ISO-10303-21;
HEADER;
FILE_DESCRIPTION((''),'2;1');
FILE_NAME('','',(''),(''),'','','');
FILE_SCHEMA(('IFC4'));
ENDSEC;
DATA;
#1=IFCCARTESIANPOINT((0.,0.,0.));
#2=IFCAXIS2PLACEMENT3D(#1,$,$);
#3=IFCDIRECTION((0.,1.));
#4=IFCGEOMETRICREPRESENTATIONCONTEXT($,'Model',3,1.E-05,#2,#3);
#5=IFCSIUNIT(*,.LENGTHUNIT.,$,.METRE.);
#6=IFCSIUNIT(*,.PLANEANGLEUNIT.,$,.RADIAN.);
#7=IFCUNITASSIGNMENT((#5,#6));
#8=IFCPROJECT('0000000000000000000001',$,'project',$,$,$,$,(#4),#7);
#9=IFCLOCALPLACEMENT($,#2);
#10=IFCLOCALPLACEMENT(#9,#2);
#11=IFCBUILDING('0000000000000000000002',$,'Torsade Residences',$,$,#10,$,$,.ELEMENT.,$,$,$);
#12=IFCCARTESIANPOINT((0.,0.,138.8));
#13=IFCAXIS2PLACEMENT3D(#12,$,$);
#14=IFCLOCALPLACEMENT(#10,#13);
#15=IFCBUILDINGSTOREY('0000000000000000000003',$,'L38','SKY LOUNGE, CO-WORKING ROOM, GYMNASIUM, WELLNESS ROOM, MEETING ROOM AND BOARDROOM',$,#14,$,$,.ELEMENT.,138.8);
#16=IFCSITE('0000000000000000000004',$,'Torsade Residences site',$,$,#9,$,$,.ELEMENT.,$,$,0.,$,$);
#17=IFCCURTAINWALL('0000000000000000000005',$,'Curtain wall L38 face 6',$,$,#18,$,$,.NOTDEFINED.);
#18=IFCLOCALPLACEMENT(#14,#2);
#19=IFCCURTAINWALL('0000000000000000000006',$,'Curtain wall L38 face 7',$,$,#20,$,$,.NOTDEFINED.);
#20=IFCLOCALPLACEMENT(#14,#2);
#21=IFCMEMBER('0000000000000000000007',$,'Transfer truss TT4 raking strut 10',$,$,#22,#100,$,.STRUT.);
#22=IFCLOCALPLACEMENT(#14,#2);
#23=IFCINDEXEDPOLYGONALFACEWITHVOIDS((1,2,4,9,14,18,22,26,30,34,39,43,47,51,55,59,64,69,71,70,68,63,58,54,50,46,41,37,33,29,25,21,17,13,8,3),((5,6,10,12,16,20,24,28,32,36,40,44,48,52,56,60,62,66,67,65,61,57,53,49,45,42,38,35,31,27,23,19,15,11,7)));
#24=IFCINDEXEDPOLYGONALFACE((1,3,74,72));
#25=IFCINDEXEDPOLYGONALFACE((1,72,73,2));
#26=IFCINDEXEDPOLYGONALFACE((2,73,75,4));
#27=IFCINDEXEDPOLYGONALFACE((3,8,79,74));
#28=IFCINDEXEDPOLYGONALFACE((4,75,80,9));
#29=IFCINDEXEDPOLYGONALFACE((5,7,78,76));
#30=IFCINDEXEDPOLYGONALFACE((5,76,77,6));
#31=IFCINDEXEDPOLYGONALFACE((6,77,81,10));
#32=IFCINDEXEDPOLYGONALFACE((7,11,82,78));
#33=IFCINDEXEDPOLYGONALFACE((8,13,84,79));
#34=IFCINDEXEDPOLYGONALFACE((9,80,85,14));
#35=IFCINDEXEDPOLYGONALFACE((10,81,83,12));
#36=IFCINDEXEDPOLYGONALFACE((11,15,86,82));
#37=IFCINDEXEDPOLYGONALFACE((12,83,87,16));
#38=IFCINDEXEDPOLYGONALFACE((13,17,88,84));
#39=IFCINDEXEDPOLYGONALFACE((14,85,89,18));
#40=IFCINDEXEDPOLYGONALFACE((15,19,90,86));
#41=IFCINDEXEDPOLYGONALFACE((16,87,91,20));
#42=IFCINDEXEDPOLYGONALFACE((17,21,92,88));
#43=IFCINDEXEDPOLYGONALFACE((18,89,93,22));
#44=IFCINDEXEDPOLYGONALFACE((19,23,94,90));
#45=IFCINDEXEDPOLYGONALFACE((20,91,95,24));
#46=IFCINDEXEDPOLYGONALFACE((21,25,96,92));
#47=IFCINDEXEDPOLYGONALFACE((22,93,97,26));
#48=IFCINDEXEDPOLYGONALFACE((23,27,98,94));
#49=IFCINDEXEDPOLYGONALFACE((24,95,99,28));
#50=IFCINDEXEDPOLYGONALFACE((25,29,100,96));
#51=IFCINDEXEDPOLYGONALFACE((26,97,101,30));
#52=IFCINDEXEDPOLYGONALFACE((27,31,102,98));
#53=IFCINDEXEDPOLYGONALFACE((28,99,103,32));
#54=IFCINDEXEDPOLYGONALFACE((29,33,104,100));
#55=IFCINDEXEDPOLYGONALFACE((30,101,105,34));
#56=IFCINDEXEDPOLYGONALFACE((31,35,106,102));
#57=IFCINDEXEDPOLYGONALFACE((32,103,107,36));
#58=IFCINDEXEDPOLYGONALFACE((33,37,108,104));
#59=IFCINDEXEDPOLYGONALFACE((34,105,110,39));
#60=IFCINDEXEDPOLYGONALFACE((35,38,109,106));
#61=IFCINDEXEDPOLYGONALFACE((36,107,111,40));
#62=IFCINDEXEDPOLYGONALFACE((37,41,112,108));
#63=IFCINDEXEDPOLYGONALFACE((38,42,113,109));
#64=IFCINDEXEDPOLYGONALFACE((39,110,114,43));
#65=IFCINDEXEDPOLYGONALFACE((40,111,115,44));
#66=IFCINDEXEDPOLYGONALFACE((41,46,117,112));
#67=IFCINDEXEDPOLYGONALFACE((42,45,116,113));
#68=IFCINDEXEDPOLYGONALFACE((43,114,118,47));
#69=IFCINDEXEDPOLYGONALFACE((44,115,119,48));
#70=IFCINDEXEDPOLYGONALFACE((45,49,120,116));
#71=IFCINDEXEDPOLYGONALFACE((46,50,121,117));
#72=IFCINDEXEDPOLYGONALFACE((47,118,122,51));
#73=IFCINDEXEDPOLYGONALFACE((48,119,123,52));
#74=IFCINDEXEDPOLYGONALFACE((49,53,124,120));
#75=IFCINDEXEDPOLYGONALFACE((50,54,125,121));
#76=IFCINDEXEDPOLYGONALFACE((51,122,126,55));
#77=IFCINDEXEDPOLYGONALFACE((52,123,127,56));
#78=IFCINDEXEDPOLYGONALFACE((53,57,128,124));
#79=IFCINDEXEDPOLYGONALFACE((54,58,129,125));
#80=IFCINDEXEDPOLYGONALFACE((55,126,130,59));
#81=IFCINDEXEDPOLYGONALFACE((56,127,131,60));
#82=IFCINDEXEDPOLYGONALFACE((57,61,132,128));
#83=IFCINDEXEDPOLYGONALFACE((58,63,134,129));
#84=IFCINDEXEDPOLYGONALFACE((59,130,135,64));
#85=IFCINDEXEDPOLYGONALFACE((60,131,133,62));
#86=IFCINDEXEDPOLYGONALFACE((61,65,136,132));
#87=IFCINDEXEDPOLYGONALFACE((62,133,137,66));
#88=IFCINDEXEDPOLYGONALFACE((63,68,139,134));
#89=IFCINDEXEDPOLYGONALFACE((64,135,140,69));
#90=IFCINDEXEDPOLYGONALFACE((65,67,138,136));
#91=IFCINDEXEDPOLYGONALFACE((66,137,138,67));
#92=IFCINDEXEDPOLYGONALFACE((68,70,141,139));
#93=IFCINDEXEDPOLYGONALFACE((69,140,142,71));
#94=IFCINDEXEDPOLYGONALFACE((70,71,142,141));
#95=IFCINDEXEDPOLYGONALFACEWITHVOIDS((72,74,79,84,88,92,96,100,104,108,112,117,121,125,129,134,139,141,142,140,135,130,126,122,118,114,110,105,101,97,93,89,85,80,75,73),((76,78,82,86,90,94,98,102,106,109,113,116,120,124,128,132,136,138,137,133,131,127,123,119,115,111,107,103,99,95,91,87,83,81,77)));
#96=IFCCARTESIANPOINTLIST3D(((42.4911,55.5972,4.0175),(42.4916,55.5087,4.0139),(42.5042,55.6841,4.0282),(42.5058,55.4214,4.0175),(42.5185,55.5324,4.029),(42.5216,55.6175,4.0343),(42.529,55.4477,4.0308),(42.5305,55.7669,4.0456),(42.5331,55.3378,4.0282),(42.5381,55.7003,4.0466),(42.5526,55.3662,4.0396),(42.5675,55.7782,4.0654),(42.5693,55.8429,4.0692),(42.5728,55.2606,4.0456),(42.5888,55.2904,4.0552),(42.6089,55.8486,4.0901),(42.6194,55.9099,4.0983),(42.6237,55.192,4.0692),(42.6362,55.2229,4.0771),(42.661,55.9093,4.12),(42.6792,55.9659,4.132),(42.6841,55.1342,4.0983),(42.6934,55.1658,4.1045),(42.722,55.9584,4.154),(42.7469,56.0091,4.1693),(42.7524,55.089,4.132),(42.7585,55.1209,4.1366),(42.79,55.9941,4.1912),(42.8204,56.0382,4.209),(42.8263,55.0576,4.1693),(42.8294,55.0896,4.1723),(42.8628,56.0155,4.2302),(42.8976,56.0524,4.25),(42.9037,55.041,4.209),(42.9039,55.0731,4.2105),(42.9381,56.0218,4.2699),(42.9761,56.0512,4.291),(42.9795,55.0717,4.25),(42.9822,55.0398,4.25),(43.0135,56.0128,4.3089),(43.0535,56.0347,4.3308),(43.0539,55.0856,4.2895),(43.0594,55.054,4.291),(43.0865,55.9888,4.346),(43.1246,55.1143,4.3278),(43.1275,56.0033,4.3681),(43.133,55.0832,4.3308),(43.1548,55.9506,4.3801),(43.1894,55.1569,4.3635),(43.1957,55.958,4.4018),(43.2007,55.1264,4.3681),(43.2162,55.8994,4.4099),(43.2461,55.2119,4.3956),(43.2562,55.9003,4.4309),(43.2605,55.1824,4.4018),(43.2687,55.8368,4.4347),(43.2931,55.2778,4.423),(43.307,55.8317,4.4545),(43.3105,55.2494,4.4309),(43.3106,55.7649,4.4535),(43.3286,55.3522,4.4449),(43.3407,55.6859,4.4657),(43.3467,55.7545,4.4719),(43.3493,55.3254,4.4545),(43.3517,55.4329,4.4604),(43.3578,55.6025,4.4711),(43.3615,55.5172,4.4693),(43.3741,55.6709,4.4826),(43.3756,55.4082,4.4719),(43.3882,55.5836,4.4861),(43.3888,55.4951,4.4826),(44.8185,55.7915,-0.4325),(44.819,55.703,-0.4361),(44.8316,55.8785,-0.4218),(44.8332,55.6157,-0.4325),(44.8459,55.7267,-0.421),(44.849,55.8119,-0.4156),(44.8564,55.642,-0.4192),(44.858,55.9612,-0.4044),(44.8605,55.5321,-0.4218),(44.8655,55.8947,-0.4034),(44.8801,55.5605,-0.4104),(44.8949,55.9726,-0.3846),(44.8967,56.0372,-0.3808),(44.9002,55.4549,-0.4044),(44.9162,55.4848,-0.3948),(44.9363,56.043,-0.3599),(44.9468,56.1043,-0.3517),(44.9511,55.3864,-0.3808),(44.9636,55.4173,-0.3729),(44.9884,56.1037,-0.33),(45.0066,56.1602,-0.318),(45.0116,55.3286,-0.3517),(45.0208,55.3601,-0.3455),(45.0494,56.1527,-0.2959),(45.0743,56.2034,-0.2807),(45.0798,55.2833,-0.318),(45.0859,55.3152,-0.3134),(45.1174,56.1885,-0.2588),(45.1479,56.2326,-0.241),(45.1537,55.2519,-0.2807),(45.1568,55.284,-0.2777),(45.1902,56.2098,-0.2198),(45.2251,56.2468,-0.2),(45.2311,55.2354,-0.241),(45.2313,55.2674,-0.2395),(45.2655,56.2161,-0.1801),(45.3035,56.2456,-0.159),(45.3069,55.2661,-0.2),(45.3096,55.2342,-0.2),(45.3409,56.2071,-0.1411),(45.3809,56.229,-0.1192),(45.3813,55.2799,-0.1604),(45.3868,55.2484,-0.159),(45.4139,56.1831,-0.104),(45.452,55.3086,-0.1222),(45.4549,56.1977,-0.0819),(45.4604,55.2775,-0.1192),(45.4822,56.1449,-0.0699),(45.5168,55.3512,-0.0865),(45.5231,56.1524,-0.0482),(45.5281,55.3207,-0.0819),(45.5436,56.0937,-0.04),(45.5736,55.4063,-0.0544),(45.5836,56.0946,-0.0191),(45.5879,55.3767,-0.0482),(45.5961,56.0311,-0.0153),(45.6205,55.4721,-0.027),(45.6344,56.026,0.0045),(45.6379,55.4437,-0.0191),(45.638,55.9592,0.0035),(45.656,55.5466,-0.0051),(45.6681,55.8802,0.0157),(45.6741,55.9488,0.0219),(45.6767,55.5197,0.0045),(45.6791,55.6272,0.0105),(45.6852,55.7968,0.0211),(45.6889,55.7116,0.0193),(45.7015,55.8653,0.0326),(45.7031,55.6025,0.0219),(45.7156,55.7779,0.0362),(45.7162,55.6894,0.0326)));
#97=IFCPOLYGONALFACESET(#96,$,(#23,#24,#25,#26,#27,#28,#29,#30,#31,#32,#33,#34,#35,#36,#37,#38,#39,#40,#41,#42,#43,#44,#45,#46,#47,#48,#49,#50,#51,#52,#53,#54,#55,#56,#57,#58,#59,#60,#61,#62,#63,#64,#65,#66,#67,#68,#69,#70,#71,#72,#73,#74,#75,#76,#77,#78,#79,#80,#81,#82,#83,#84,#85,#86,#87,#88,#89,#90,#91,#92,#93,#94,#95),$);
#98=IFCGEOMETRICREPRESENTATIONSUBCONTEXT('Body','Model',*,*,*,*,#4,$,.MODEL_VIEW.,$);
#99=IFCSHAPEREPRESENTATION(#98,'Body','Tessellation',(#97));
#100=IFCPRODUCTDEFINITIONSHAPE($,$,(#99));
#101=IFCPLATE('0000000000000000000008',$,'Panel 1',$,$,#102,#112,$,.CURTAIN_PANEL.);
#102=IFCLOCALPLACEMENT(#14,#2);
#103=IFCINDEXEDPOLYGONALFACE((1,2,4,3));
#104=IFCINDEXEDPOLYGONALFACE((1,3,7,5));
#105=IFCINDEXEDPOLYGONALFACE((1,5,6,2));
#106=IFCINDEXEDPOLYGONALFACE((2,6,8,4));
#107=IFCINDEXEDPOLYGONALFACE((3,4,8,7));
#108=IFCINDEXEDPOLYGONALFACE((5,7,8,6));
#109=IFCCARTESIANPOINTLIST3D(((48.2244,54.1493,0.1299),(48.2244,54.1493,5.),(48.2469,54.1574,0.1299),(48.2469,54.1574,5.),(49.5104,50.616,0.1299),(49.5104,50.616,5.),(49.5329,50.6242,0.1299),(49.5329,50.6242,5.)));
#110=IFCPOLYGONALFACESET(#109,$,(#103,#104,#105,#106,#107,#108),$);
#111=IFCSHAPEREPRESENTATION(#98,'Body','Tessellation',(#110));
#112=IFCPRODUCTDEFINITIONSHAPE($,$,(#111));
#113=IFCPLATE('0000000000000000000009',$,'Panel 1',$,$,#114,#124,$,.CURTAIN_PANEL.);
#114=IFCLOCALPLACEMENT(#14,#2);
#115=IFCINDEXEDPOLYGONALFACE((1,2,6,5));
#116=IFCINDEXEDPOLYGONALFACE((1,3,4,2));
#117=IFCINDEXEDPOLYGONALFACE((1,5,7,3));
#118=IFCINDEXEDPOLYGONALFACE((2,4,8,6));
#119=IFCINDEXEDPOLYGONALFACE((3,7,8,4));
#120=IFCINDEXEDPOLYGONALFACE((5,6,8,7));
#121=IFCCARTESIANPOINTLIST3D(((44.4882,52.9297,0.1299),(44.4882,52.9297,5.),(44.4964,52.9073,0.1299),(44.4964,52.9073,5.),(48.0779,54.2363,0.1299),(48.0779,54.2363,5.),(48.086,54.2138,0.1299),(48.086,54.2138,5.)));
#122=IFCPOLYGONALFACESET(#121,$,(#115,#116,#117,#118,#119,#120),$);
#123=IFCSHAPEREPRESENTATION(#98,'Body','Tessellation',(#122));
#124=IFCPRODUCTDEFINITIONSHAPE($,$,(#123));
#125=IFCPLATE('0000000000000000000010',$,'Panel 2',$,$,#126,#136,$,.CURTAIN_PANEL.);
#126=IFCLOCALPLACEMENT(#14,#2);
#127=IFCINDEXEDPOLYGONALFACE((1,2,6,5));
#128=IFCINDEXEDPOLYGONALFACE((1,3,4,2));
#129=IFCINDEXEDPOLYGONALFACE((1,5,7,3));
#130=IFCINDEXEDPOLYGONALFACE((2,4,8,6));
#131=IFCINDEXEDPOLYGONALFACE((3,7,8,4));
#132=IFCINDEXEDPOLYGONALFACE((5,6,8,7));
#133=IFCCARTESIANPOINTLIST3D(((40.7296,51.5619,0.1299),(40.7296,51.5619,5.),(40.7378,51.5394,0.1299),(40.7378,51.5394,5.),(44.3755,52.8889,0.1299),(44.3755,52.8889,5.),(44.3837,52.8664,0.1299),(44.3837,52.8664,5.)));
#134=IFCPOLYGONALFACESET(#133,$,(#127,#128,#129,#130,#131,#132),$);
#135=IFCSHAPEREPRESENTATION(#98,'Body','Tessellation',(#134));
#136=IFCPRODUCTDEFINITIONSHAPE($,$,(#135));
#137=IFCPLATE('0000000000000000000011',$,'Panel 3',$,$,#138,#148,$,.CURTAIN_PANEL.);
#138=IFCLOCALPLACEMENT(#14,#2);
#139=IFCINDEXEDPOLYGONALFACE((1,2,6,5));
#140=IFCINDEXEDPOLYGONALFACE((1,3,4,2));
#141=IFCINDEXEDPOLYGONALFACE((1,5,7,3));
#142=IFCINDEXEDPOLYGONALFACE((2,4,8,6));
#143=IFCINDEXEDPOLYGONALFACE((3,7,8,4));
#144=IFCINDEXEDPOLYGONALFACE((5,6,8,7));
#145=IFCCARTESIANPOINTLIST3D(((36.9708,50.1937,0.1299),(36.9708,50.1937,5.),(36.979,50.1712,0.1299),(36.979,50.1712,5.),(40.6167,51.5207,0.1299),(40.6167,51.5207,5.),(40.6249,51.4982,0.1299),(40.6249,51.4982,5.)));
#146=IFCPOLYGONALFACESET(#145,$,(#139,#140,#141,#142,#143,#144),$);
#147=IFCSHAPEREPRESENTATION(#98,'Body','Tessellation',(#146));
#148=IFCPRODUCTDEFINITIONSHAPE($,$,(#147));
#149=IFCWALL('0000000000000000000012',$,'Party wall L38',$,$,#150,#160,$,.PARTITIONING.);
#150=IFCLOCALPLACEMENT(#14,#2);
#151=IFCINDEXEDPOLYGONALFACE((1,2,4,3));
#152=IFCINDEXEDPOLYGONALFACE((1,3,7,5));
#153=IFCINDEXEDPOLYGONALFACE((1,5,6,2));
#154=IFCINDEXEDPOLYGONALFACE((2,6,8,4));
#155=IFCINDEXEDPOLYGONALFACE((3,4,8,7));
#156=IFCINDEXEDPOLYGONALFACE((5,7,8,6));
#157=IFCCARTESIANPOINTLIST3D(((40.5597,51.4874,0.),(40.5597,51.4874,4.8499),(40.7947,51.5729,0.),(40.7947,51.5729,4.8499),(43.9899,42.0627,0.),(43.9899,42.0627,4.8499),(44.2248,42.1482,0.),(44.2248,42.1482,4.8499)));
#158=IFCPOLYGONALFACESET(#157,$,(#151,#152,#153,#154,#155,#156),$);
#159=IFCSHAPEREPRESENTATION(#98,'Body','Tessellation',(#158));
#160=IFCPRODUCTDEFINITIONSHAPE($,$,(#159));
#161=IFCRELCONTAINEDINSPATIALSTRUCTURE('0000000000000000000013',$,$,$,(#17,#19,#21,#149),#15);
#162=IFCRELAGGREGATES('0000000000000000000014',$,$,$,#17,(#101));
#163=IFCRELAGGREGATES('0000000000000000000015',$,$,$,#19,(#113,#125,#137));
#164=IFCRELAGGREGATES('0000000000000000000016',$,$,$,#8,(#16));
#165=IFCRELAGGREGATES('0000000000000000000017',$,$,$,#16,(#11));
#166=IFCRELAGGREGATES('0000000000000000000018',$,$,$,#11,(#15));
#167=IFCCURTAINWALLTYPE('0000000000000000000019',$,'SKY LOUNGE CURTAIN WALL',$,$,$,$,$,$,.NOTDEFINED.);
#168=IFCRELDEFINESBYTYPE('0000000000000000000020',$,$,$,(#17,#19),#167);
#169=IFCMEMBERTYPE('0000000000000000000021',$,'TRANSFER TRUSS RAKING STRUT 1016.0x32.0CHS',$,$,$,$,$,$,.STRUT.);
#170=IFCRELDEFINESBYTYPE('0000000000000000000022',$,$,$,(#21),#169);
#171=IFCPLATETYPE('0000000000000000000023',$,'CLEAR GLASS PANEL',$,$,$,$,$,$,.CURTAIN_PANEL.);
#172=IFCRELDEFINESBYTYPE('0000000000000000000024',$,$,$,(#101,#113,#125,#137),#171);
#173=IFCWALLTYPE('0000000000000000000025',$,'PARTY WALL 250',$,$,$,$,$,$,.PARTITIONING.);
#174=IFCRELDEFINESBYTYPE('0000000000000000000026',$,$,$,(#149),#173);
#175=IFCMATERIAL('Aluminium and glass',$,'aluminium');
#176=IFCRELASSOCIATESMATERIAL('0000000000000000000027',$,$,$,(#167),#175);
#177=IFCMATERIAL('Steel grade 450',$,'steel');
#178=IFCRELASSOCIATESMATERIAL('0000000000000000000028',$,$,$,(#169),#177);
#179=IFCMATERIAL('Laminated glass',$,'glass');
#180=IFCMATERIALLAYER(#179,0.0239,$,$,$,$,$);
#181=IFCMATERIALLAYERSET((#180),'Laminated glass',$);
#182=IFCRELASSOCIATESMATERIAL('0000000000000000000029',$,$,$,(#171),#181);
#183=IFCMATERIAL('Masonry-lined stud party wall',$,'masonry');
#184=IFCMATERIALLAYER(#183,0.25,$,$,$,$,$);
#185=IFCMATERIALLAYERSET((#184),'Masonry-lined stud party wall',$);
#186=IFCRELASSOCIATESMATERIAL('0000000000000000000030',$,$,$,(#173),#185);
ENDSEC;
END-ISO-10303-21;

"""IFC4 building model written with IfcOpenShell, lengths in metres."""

from ifc_helpers import new_model, si_unit, direction, frame, frame_2d, origin, origin_2d, place, context, subcontext, project, spatial, rectangle, hollow_circle, extrude, material, layer, layer_set, material_profile, profile_set, type_object, element, aggregate, save


model = new_model("IFC4")

# Units and contexts
model_context = context("Model", 3, precision=1e-05, world=origin(), true_north=direction((0.0, 1.0)))
body_context = subcontext(model_context, "Body", "Model", "MODEL_VIEW")
ifc_project = project(units=[si_unit("LENGTHUNIT", "METRE"), si_unit("PLANEANGLEUNIT", "RADIAN")], contexts=[model_context])

# Site, building, storey
site_placement = place(None, origin())
site = spatial("IfcSite", under=ifc_project, at=site_placement, Name="Torsade Residences site", CompositionType="ELEMENT", RefElevation=0.0)
building_placement = place(site_placement, origin())
building = spatial("IfcBuilding", under=site, at=building_placement, Name="Torsade Residences", CompositionType="ELEMENT")
storey_placement = place(building_placement, frame((0.0, 0.0, 138.8)))
storey = spatial("IfcBuildingStorey", under=building, at=storey_placement, Name="L38", Description="SKY LOUNGE, CO-WORKING ROOM, GYMNASIUM, WELLNESS ROOM, MEETING ROOM AND BOARDROOM", CompositionType="ELEMENT", Elevation=138.8)

# Curtain walls
ifc_material_1 = material(Name="Aluminium and glass", Category="aluminium")
curtain_wall_type = type_object("IfcCurtainWallType", Name="SKY LOUNGE CURTAIN WALL", PredefinedType="NOTDEFINED", material=ifc_material_1)
curtain_wall_1_placement = place(storey_placement, origin())
curtain_wall_1 = element("IfcCurtainWall", 1, at=curtain_wall_1_placement, inside=storey, type_object=curtain_wall_type, Name="Curtain wall L38 face 6", PredefinedType="NOTDEFINED")
curtain_wall_2_placement = place(storey_placement, origin())
curtain_wall_2 = element("IfcCurtainWall", 2, at=curtain_wall_2_placement, inside=storey, type_object=curtain_wall_type, Name="Curtain wall L38 face 7", PredefinedType="NOTDEFINED")

# Member
ifc_material_2 = material(Name="Steel grade 450", Category="steel")
ifc_material_profile_1 = material_profile(ifc_material_2, hollow_circle(Radius=0.5081, WallThickness=0.032, at=origin_2d()), Name="1016.0x32.0CHS")
ifc_profile_set_1 = profile_set([ifc_material_profile_1], Name="Steel grade 450")
member_type_1 = type_object("IfcMemberType", Name="TRANSFER TRUSS RAKING STRUT 1016.0x32.0CHS", PredefinedType="STRUT", material=ifc_profile_set_1)
member_1_placement = place(storey_placement, frame((45.2673, 55.7405, -0.2), z_axis=(-0.463108, -0.038669, 0.885458), x_axis=(0.08321, -0.996532, 0.0)))
element("IfcMember", 3, at=member_1_placement, inside=storey, type_object=member_type_1, Name="Transfer truss TT4 raking strut 10", PredefinedType="STRUT", context=body_context, shape_type="SweptSolid", body=[
    extrude(hollow_circle(Radius=0.5081, WallThickness=0.032, at=origin_2d()), origin(), (0.0, 0.0, 1.0), 5.0256),
])

# Plates
ifc_material_3 = material(Name="Laminated glass", Category="glass")
ifc_layer_1 = layer(ifc_material_3, 0.0239)
ifc_layer_set_1 = layer_set([ifc_layer_1], Name="Laminated glass")
plate_type = type_object("IfcPlateType", Name="CLEAR GLASS PANEL", PredefinedType="CURTAIN_PANEL", material=ifc_layer_set_1)
plate_1_placement = place(storey_placement, frame((48.8787, 52.3867, 0.1299), z_axis=(0.0, 0.0, 1.0), x_axis=(-0.34202, 0.939693, 0.0)))
plate_1 = element("IfcPlate", 4, at=plate_1_placement, type_object=plate_type, Name="Panel 1", PredefinedType="CURTAIN_PANEL", context=body_context, shape_type="SweptSolid", body=[
    extrude(rectangle(XDim=3.76, YDim=0.0239, at=origin_2d()), origin(), (0.0, 0.0, 1.0), 4.8701),
])
aggregate(curtain_wall_1, [plate_1])
plate_2_placement = place(storey_placement, frame((46.2871, 53.5718, 0.1299), z_axis=(0.0, 0.0, 1.0), x_axis=(-0.939693, -0.34202, 0.0)))
plate_2 = element("IfcPlate", 5, at=plate_2_placement, type_object=plate_type, Name="Panel 1", PredefinedType="CURTAIN_PANEL", context=body_context, shape_type="SweptSolid", body=[
    extrude(rectangle(XDim=3.8201, YDim=0.0239, at=origin_2d()), origin(), (0.0, 0.0, 1.0), 4.8701),
])
plate_3_placement = place(storey_placement, frame((42.5566, 52.2141, 0.1299), z_axis=(0.0, 0.0, 1.0), x_axis=(-0.939693, -0.34202, 0.0)))
plate_3 = element("IfcPlate", 6, at=plate_3_placement, type_object=plate_type, Name="Panel 2", PredefinedType="CURTAIN_PANEL", context=body_context, shape_type="SweptSolid", body=[
    extrude(rectangle(XDim=3.8799, YDim=0.0239, at=origin_2d()), origin(), (0.0, 0.0, 1.0), 4.8701),
])
plate_4_placement = place(storey_placement, frame((38.7979, 50.8459, 0.1299), z_axis=(0.0, 0.0, 1.0), x_axis=(-0.939693, -0.34202, 0.0)))
plate_4 = element("IfcPlate", 7, at=plate_4_placement, type_object=plate_type, Name="Panel 3", PredefinedType="CURTAIN_PANEL", context=body_context, shape_type="SweptSolid", body=[
    extrude(rectangle(XDim=3.8799, YDim=0.0239, at=origin_2d()), origin(), (0.0, 0.0, 1.0), 4.8701),
])
aggregate(curtain_wall_2, [plate_2, plate_3, plate_4])

# Wall
ifc_material_4 = material(Name="Masonry-lined stud party wall", Category="masonry")
ifc_layer_2 = layer(ifc_material_4, 0.25)
ifc_layer_set_2 = layer_set([ifc_layer_2], Name="Masonry-lined stud party wall")
wall_type = type_object("IfcWallType", Name="PARTY WALL 250", PredefinedType="PARTITIONING", material=ifc_layer_set_2)
wall_placement = place(storey_placement, frame((40.6772, 51.53, 0.0), z_axis=(0.0, 0.0, 1.0), x_axis=(0.342005, -0.939698, 0.0)))
element("IfcWall", 8, at=wall_placement, inside=storey, type_object=wall_type, Name="Party wall L38", PredefinedType="PARTITIONING", context=body_context, shape_type="SweptSolid", body=[
    extrude(rectangle(XDim=10.0295, YDim=0.25, at=frame_2d((5.0146, 0.0))), origin(), (0.0, 0.0, 1.0), 4.8499),
])

save(model, "model.ifc")
